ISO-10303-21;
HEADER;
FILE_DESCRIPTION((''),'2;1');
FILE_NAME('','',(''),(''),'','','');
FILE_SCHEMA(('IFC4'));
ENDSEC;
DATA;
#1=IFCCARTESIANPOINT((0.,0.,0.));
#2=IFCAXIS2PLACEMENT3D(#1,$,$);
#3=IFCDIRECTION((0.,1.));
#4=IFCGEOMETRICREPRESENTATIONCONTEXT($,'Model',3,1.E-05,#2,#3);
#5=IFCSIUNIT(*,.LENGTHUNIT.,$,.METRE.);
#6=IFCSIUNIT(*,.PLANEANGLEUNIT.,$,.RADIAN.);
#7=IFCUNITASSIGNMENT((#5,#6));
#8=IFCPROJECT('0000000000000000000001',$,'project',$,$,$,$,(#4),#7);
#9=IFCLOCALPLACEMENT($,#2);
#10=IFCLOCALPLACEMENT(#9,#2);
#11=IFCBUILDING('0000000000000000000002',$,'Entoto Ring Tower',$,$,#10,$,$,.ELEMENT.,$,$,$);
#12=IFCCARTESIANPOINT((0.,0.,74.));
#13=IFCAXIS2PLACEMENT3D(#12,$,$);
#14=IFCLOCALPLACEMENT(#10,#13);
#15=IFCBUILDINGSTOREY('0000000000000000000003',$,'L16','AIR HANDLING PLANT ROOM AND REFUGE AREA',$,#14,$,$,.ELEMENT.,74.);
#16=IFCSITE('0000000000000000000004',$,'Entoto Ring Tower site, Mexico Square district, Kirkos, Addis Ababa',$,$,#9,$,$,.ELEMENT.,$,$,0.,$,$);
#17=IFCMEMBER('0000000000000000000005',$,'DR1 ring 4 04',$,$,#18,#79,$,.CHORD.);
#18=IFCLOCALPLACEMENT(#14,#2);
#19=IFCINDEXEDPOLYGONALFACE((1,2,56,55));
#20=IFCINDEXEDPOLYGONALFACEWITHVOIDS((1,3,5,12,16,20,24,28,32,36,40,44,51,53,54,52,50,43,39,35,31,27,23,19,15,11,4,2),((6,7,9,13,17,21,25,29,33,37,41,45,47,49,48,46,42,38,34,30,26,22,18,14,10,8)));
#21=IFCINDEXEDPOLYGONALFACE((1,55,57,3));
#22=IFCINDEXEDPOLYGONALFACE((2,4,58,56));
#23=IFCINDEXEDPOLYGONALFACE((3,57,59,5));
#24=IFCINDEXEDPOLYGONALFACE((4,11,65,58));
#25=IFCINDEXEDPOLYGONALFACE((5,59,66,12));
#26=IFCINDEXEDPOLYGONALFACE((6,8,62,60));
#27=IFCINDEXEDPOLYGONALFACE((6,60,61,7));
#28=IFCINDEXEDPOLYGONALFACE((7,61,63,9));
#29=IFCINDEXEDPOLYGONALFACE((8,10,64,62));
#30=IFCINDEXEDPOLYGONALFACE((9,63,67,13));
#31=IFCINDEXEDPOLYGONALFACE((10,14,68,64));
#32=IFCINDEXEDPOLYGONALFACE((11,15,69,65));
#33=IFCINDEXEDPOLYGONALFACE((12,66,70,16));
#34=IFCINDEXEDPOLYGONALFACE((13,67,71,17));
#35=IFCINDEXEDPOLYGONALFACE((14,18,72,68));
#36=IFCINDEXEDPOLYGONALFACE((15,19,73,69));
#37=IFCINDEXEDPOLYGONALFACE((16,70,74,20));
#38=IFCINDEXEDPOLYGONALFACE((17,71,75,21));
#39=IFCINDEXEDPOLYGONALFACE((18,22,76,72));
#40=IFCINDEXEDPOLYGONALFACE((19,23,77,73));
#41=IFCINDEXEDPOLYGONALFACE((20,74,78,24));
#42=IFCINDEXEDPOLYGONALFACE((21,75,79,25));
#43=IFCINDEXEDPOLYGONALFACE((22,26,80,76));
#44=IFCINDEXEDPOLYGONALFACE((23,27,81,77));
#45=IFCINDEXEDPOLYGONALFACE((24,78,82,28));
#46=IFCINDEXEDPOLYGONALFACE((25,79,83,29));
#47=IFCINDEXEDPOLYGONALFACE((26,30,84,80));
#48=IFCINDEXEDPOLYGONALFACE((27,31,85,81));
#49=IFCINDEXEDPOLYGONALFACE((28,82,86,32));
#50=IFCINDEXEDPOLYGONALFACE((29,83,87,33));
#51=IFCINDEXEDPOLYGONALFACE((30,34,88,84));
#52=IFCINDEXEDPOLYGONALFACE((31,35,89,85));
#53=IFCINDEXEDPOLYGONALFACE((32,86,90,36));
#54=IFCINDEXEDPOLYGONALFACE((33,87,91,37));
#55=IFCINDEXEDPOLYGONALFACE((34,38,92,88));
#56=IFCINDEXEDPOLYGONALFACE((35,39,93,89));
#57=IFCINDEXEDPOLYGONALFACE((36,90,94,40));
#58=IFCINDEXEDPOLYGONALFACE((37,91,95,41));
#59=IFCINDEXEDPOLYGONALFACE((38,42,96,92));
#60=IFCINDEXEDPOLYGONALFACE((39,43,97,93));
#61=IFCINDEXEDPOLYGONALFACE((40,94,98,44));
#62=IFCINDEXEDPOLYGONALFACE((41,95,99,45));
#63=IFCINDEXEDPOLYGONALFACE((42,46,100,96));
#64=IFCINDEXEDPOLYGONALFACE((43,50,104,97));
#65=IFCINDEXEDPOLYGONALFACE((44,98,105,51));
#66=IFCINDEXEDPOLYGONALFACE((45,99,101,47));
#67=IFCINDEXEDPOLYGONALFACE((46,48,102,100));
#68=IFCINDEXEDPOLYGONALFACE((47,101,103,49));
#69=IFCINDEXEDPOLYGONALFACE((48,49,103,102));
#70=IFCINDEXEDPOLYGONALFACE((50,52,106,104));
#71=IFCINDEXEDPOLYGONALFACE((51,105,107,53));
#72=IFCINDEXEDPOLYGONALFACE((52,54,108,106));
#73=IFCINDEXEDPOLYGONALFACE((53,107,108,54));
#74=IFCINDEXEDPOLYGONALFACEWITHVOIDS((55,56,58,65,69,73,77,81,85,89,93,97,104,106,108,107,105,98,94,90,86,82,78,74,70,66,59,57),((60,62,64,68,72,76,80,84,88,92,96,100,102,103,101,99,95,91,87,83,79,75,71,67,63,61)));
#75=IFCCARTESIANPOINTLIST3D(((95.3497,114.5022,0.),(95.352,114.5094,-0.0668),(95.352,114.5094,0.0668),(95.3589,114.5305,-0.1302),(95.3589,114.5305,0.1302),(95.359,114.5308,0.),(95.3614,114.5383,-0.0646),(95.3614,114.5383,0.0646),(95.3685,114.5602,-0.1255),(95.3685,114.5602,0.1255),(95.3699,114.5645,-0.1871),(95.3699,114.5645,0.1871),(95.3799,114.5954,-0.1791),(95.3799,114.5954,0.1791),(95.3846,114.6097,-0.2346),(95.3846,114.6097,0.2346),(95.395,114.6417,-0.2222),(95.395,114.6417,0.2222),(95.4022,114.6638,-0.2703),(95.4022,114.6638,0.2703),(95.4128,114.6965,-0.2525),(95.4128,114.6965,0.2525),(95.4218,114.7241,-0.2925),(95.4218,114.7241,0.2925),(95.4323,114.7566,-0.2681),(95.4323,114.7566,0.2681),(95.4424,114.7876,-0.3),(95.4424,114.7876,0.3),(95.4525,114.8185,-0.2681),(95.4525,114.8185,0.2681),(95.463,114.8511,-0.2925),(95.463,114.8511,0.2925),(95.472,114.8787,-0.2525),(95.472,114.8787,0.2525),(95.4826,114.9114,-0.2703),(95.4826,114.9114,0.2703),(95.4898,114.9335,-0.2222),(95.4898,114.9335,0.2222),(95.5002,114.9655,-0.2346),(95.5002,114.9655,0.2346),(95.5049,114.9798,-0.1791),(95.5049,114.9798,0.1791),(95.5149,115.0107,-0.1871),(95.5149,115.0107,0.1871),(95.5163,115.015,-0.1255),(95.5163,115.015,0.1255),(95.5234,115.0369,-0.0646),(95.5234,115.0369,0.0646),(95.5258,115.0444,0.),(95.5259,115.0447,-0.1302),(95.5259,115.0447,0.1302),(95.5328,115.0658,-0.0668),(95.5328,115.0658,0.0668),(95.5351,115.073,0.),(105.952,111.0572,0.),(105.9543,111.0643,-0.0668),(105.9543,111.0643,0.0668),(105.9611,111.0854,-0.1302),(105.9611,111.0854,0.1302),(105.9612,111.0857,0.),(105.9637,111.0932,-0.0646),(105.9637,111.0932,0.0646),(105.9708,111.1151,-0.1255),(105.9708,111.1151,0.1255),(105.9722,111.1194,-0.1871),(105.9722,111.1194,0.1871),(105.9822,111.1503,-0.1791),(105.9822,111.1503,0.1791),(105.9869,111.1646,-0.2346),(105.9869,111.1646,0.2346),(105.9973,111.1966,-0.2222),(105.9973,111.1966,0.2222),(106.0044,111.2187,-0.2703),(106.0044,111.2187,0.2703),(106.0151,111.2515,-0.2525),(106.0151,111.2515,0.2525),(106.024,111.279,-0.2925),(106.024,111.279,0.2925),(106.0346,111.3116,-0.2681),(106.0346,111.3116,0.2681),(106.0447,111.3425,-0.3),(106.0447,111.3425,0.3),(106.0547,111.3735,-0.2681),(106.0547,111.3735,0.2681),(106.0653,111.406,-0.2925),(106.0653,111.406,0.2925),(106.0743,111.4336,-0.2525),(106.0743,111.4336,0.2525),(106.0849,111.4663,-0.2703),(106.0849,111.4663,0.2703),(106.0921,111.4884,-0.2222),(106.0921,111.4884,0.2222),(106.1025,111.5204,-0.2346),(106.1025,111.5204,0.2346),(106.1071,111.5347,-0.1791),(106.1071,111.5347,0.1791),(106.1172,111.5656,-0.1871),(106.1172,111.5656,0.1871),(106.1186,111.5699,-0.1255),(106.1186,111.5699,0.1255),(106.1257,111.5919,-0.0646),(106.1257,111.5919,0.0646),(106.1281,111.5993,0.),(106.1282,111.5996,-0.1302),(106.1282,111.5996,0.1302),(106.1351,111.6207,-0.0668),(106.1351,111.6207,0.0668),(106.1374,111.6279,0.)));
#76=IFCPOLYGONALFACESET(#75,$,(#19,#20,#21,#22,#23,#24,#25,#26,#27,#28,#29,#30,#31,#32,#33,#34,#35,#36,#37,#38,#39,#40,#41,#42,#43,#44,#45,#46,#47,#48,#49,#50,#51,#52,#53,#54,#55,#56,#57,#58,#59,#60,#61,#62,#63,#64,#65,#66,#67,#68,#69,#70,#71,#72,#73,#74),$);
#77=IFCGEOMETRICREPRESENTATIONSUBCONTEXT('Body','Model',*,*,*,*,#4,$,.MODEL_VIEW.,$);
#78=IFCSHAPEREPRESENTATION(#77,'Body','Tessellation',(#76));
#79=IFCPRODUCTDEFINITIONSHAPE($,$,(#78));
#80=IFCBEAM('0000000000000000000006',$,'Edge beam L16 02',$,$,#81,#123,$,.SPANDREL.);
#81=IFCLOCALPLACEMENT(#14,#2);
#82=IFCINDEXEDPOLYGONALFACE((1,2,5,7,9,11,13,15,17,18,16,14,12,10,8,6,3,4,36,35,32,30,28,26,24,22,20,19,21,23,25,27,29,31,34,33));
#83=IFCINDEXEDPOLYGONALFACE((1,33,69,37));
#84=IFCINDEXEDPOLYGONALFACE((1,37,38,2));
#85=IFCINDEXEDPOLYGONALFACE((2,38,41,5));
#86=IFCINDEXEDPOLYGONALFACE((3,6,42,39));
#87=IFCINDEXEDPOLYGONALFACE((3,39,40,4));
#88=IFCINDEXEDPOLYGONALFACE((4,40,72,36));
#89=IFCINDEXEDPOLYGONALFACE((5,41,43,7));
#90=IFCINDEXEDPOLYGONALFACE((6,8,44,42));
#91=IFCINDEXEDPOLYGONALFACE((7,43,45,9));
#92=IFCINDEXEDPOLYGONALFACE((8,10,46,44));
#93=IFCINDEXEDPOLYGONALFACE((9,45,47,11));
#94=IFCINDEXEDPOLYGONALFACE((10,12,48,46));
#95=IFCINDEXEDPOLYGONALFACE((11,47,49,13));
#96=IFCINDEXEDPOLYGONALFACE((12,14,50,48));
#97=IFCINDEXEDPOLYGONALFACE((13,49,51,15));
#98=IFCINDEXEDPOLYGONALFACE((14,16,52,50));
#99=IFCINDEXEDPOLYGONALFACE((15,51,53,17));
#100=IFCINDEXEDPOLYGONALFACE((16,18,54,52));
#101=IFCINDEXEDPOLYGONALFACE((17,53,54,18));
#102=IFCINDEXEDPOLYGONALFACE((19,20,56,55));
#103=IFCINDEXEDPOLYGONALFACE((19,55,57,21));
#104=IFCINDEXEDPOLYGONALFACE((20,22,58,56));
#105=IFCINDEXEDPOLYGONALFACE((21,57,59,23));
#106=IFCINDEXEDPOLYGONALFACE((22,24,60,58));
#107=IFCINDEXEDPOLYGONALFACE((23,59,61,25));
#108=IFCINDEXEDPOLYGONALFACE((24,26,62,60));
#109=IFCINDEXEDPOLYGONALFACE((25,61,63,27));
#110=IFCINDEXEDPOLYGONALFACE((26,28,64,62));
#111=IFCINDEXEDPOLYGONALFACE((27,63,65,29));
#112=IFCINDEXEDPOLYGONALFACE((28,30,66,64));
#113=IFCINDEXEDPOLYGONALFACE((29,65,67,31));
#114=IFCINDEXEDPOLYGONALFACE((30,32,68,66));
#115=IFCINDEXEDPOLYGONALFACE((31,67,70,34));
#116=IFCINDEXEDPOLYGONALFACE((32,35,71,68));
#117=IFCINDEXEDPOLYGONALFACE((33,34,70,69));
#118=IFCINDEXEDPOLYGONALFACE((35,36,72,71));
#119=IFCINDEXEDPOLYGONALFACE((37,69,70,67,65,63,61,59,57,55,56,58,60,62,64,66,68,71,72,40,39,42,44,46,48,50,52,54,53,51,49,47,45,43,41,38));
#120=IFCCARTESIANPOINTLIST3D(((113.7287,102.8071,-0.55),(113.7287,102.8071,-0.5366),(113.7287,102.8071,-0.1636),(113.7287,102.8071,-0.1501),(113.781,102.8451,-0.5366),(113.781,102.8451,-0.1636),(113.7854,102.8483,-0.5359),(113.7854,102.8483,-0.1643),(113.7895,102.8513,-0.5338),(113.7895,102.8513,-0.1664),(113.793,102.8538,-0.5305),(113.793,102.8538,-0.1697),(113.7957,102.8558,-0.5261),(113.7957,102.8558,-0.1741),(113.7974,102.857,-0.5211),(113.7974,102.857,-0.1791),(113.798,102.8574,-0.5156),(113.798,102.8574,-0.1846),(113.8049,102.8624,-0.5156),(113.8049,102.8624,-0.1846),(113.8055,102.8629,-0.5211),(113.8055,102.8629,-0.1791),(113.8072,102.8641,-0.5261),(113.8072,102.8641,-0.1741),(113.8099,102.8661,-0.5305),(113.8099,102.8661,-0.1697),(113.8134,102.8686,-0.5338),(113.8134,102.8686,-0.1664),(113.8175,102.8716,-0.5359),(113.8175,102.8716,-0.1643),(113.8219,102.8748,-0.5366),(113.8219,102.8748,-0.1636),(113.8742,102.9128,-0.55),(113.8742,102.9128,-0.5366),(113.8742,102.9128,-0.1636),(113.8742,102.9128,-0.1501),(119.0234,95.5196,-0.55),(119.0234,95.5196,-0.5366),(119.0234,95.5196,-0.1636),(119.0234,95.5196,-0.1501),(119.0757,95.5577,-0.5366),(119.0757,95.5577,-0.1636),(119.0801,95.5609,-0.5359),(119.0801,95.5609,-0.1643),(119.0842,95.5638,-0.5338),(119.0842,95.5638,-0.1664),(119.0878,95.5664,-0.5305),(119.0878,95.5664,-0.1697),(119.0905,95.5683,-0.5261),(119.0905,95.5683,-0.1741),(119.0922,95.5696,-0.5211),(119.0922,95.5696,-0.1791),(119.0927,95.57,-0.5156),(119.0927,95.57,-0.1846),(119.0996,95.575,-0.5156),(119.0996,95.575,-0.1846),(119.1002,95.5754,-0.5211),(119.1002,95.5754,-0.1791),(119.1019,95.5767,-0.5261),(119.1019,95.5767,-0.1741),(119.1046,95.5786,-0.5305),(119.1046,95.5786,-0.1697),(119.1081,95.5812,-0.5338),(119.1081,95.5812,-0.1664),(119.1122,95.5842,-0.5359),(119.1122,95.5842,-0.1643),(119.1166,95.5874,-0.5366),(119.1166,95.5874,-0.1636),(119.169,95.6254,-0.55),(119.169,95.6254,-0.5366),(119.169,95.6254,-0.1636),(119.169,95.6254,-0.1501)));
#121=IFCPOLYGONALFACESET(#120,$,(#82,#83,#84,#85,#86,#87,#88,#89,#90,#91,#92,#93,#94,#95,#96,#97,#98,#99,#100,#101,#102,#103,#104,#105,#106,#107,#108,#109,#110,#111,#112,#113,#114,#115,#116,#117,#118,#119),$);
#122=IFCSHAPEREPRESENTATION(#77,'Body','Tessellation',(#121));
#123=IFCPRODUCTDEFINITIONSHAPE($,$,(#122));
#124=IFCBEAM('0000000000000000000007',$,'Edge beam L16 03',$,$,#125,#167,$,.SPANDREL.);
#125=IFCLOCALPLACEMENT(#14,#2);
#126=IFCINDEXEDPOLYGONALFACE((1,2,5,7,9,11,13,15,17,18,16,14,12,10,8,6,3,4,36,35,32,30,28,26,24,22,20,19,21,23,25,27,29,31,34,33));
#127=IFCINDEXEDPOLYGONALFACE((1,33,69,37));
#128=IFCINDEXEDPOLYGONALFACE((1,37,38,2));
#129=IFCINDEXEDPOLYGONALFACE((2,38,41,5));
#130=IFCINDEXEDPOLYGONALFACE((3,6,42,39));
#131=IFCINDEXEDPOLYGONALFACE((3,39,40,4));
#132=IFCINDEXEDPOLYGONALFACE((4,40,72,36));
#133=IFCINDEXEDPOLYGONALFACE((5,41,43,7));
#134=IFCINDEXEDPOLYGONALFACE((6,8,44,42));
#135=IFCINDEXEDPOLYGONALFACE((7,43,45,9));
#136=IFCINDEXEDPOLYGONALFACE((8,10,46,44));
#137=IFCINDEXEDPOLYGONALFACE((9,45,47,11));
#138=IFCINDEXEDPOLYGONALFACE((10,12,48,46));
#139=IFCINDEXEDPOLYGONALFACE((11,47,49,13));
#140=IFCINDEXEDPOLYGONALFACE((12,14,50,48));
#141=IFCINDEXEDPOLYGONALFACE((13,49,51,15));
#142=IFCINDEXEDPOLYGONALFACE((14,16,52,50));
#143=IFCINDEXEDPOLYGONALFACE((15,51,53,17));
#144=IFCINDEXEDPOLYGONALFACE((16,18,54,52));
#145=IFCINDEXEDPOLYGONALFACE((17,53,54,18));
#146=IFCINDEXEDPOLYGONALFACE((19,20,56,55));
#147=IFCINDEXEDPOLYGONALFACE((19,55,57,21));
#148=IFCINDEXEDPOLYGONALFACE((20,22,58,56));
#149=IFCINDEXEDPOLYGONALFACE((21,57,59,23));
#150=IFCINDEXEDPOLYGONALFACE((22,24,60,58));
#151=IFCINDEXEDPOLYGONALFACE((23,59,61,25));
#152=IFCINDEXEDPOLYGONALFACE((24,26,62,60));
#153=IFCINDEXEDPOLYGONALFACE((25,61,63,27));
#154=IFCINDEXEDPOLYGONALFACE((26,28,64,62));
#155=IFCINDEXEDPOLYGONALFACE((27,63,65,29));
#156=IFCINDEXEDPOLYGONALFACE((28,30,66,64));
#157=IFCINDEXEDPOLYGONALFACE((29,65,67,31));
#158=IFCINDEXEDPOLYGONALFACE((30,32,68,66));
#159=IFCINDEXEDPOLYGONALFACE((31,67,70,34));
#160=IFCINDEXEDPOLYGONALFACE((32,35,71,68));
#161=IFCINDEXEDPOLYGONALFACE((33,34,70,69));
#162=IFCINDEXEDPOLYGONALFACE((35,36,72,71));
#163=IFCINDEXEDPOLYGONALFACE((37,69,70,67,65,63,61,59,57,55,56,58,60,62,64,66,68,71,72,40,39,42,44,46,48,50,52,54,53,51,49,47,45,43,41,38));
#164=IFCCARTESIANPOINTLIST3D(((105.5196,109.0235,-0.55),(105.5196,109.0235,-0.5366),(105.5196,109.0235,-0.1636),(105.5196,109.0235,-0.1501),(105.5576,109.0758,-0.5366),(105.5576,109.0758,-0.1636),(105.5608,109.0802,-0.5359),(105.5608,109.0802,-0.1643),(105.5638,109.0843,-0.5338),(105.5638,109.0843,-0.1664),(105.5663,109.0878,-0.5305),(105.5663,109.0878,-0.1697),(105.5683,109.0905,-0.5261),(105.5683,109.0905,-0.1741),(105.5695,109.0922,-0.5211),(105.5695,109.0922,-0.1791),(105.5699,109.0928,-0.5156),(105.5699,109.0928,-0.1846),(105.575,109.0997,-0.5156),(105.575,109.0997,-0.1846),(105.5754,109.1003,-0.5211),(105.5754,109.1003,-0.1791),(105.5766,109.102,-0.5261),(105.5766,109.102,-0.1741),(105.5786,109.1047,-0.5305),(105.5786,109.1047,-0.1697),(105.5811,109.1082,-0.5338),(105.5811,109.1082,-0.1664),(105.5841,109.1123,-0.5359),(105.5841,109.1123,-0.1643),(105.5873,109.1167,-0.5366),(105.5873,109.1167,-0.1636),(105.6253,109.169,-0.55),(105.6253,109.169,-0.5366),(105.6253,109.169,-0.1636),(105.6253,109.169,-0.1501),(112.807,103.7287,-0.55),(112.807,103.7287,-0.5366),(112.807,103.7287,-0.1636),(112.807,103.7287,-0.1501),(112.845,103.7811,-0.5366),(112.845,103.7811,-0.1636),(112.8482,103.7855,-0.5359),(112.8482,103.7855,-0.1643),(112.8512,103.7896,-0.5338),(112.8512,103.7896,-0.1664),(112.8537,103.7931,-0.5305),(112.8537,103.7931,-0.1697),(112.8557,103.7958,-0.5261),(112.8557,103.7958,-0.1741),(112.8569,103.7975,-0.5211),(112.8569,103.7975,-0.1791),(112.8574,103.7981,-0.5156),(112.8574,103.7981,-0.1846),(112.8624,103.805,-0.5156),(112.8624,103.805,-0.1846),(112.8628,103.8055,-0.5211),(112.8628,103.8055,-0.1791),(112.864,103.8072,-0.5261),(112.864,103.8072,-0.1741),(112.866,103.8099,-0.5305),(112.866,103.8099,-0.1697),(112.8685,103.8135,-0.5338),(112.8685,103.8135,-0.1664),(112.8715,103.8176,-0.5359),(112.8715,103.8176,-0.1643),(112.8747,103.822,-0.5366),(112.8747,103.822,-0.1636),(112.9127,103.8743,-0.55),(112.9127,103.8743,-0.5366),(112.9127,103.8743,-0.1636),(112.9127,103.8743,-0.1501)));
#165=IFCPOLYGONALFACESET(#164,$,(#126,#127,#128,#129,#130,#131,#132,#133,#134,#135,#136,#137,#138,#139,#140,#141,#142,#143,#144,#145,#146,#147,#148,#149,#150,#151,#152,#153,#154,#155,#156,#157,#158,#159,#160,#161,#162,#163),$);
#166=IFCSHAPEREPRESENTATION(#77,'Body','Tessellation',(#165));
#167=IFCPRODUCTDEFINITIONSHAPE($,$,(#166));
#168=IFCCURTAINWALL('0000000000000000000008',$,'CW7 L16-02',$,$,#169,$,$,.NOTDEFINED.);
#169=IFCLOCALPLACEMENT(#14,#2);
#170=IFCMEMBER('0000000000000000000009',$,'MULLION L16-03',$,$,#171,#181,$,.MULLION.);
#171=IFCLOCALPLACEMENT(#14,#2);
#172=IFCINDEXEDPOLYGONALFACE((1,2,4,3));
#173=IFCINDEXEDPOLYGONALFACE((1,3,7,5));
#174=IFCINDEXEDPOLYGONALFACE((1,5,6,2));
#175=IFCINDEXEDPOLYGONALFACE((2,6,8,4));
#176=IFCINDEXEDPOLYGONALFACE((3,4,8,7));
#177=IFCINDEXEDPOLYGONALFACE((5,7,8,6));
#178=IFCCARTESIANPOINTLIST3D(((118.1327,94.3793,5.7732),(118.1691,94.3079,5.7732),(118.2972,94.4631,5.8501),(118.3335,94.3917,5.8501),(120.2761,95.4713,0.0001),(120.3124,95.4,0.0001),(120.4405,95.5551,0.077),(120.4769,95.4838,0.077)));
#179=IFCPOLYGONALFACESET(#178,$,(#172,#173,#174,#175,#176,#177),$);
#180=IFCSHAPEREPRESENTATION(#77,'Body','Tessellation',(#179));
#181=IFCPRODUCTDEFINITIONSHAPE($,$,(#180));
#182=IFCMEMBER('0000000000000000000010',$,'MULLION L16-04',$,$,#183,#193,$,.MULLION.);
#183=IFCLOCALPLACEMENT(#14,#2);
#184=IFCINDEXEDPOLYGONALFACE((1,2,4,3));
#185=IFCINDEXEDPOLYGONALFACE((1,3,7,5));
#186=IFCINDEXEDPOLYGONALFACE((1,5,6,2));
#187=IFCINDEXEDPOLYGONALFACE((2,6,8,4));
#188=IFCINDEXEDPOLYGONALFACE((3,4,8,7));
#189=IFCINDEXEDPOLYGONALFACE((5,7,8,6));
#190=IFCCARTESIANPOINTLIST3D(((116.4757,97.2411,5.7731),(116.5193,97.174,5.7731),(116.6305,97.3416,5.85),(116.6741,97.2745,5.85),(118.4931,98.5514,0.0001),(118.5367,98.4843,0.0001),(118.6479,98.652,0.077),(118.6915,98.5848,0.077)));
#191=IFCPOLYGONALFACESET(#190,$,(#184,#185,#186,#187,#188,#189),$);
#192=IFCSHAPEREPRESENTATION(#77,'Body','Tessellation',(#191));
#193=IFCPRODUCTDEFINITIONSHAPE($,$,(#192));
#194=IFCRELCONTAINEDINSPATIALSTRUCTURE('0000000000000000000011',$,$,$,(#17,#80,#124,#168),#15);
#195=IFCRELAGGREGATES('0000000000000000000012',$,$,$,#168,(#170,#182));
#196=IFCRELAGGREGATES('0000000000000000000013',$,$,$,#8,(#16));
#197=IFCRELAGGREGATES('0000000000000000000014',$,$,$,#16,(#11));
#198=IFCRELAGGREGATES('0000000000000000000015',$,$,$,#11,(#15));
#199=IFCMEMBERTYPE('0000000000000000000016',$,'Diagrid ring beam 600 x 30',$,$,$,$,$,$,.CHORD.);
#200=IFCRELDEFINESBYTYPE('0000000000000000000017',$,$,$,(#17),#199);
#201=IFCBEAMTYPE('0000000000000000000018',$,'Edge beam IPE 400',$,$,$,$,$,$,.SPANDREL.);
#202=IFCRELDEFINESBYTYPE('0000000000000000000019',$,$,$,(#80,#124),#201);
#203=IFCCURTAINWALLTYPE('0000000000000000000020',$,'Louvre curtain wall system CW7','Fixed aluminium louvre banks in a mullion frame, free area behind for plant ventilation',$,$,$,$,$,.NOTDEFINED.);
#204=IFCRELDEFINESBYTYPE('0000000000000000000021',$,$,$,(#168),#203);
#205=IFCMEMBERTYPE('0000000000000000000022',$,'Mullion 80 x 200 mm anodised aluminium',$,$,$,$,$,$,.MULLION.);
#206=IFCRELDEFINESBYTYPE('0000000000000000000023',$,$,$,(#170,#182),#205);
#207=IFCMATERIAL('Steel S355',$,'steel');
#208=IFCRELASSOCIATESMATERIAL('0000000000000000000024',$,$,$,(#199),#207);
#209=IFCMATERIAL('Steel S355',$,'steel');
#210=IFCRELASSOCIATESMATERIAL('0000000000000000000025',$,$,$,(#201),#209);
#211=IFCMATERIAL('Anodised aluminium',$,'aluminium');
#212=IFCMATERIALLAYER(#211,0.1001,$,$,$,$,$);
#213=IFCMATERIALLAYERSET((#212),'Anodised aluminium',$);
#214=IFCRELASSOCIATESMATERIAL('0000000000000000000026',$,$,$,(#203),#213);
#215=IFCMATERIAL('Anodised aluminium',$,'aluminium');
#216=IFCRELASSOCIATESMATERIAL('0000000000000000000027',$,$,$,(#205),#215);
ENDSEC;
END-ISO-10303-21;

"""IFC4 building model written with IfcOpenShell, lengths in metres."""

from ifc_helpers import new_model, si_unit, direction, frame, origin, origin_2d, place, context, subcontext, project, spatial, rectangle, circle, hollow_circle, i_section, extrude, material, layer, layer_set, material_profile, profile_set, type_object, element, aggregate, save


model = new_model("IFC4")

# Units and contexts
model_context = context("Model", 3, precision=1e-05, world=origin(), true_north=direction((0.0, 1.0)))
body_context = subcontext(model_context, "Body", "Model", "MODEL_VIEW")
ifc_project = project(units=[si_unit("LENGTHUNIT", "METRE"), si_unit("PLANEANGLEUNIT", "RADIAN")], contexts=[model_context])

# Site, building, storey
site_placement = place(None, origin())
site = spatial("IfcSite", under=ifc_project, at=site_placement, Name="Entoto Ring Tower site, Mexico Square district, Kirkos, Addis Ababa", CompositionType="ELEMENT", RefElevation=0.0)
building_placement = place(site_placement, origin())
building = spatial("IfcBuilding", under=site, at=building_placement, Name="Entoto Ring Tower", CompositionType="ELEMENT")
storey_placement = place(building_placement, frame((0.0, 0.0, 74.0)))
storey = spatial("IfcBuildingStorey", under=building, at=storey_placement, Name="L16", Description="AIR HANDLING PLANT ROOM AND REFUGE AREA", CompositionType="ELEMENT", Elevation=74.0)

# Member
ifc_material_1 = material(Name="Steel S355", Category="steel")
ifc_material_profile_1 = material_profile(ifc_material_1, hollow_circle(Radius=0.3, WallThickness=0.03, at=origin_2d()), Name="CHS 600 x 30")
ifc_material_2 = material(Name="Concrete C60/75", Category="concrete")
ifc_material_profile_2 = material_profile(ifc_material_2, circle(Radius=0.27, at=origin_2d()), Name="Concrete C60/75 infill")
ifc_profile_set_1 = profile_set([ifc_material_profile_1, ifc_material_profile_2], Name="Steel S355")
member_type_1 = type_object("IfcMemberType", Name="Diagrid ring beam 600 x 30", PredefinedType="CHORD", material=ifc_profile_set_1)
for number, where, z_axis, x_axis, name in (
    (1, (106.0447, 111.3425, 0.0), (-0.951052, 0.309031, 0.0), (-0.309031, -0.951052, 0.0), "DR1 ring 4 04"),
):
    element("IfcMember", number, at=place(storey_placement, frame(where, z_axis=z_axis, x_axis=x_axis)), inside=storey, type_object=member_type_1, Name=name, PredefinedType="CHORD", context=body_context, shape_type="SweptSolid", body=[
        extrude(hollow_circle(Radius=0.3, WallThickness=0.03, at=origin_2d()), origin(), (0.0, 0.0, 1.0), 11.1479),
    ])

# Beams
ifc_material_3 = material(Name="Steel S355", Category="steel")
ifc_material_profile_3 = material_profile(ifc_material_3, i_section(OverallWidth=0.1799, OverallDepth=0.3999, WebThickness=0.0085, FlangeThickness=0.0134, FilletRadius=0.021, at=origin_2d()), Name="IPE 400")
ifc_profile_set_2 = profile_set([ifc_material_profile_3], Name="Steel S355")
beam_type = type_object("IfcBeamType", Name="Edge beam IPE 400", PredefinedType="SPANDREL", material=ifc_profile_set_2)
for number, where, z_axis, x_axis, name in (
    (2, (119.0962, 95.5725, -0.3501), (-0.587793, 0.809011, 0.0), (-0.809011, -0.587793, 0.0), "Edge beam L16 02"),
    (3, (112.8599, 103.8015, -0.3501), (-0.809011, 0.587793, 0.0), (-0.587793, -0.809011, 0.0), "Edge beam L16 03"),
):
    element("IfcBeam", number, at=place(storey_placement, frame(where, z_axis=z_axis, x_axis=x_axis)), inside=storey, type_object=beam_type, Name=name, PredefinedType="SPANDREL", context=body_context, shape_type="SweptSolid", body=[
        extrude(i_section(OverallWidth=0.1799, OverallDepth=0.3999, WebThickness=0.0085, FlangeThickness=0.0134, FilletRadius=0.021, at=origin_2d()), origin(), (0.0, 0.0, 1.0), 9.0078),
    ])

# Curtain wall, members
ifc_material_4 = material(Name="Anodised aluminium", Category="aluminium")
ifc_layer_1 = layer(ifc_material_4, 0.1001)
ifc_layer_set_1 = layer_set([ifc_layer_1], Name="Anodised aluminium")
curtain_wall_type = type_object("IfcCurtainWallType", Name="Louvre curtain wall system CW7", Description="Fixed aluminium louvre banks in a mullion frame, free area behind for plant ventilation", PredefinedType="NOTDEFINED", material=ifc_layer_set_1)
curtain_wall_1_placement = place(storey_placement, origin())
curtain_wall_1 = element("IfcCurtainWall", 4, at=curtain_wall_1_placement, inside=storey, type_object=curtain_wall_type, Name="CW7 L16-02", PredefinedType="NOTDEFINED")
ifc_material_5 = material(Name="Anodised aluminium", Category="aluminium")
ifc_material_profile_4 = material_profile(ifc_material_5, rectangle(XDim=0.0801, YDim=0.2, at=origin_2d()), Name="Mullion 80 x 200 mm anodised aluminium")
ifc_profile_set_3 = profile_set([ifc_material_profile_4], Name="Anodised aluminium")
member_type_2 = type_object("IfcMemberType", Name="Mullion 80 x 200 mm anodised aluminium", PredefinedType="MULLION", material=ifc_profile_set_3)
member_1_placement = place(storey_placement, frame((120.3765, 95.4775, 0.0386), z_axis=(-0.342707, -0.174613, 0.923072), x_axis=(0.453981, -0.891012, 0.0)))
member_1 = element("IfcMember", 5, at=member_1_placement, type_object=member_type_2, Name="MULLION L16-03", PredefinedType="MULLION", context=body_context, shape_type="SweptSolid", body=[
    extrude(rectangle(XDim=0.0801, YDim=0.2, at=origin_2d()), origin(), (0.0, 0.0, 1.0), 6.2542),
])
member_2_placement = place(storey_placement, frame((118.5923, 98.5681, 0.0386), z_axis=(-0.322563, -0.209512, 0.92307), x_axis=(0.544706, -0.838627, 0.0)))
member_2 = element("IfcMember", 6, at=member_2_placement, type_object=member_type_2, Name="MULLION L16-04", PredefinedType="MULLION", context=body_context, shape_type="SweptSolid", body=[
    extrude(rectangle(XDim=0.0801, YDim=0.2, at=origin_2d()), origin(), (0.0, 0.0, 1.0), 6.2542),
])
aggregate(curtain_wall_1, [member_1, member_2])

save(model, "model.ifc")
